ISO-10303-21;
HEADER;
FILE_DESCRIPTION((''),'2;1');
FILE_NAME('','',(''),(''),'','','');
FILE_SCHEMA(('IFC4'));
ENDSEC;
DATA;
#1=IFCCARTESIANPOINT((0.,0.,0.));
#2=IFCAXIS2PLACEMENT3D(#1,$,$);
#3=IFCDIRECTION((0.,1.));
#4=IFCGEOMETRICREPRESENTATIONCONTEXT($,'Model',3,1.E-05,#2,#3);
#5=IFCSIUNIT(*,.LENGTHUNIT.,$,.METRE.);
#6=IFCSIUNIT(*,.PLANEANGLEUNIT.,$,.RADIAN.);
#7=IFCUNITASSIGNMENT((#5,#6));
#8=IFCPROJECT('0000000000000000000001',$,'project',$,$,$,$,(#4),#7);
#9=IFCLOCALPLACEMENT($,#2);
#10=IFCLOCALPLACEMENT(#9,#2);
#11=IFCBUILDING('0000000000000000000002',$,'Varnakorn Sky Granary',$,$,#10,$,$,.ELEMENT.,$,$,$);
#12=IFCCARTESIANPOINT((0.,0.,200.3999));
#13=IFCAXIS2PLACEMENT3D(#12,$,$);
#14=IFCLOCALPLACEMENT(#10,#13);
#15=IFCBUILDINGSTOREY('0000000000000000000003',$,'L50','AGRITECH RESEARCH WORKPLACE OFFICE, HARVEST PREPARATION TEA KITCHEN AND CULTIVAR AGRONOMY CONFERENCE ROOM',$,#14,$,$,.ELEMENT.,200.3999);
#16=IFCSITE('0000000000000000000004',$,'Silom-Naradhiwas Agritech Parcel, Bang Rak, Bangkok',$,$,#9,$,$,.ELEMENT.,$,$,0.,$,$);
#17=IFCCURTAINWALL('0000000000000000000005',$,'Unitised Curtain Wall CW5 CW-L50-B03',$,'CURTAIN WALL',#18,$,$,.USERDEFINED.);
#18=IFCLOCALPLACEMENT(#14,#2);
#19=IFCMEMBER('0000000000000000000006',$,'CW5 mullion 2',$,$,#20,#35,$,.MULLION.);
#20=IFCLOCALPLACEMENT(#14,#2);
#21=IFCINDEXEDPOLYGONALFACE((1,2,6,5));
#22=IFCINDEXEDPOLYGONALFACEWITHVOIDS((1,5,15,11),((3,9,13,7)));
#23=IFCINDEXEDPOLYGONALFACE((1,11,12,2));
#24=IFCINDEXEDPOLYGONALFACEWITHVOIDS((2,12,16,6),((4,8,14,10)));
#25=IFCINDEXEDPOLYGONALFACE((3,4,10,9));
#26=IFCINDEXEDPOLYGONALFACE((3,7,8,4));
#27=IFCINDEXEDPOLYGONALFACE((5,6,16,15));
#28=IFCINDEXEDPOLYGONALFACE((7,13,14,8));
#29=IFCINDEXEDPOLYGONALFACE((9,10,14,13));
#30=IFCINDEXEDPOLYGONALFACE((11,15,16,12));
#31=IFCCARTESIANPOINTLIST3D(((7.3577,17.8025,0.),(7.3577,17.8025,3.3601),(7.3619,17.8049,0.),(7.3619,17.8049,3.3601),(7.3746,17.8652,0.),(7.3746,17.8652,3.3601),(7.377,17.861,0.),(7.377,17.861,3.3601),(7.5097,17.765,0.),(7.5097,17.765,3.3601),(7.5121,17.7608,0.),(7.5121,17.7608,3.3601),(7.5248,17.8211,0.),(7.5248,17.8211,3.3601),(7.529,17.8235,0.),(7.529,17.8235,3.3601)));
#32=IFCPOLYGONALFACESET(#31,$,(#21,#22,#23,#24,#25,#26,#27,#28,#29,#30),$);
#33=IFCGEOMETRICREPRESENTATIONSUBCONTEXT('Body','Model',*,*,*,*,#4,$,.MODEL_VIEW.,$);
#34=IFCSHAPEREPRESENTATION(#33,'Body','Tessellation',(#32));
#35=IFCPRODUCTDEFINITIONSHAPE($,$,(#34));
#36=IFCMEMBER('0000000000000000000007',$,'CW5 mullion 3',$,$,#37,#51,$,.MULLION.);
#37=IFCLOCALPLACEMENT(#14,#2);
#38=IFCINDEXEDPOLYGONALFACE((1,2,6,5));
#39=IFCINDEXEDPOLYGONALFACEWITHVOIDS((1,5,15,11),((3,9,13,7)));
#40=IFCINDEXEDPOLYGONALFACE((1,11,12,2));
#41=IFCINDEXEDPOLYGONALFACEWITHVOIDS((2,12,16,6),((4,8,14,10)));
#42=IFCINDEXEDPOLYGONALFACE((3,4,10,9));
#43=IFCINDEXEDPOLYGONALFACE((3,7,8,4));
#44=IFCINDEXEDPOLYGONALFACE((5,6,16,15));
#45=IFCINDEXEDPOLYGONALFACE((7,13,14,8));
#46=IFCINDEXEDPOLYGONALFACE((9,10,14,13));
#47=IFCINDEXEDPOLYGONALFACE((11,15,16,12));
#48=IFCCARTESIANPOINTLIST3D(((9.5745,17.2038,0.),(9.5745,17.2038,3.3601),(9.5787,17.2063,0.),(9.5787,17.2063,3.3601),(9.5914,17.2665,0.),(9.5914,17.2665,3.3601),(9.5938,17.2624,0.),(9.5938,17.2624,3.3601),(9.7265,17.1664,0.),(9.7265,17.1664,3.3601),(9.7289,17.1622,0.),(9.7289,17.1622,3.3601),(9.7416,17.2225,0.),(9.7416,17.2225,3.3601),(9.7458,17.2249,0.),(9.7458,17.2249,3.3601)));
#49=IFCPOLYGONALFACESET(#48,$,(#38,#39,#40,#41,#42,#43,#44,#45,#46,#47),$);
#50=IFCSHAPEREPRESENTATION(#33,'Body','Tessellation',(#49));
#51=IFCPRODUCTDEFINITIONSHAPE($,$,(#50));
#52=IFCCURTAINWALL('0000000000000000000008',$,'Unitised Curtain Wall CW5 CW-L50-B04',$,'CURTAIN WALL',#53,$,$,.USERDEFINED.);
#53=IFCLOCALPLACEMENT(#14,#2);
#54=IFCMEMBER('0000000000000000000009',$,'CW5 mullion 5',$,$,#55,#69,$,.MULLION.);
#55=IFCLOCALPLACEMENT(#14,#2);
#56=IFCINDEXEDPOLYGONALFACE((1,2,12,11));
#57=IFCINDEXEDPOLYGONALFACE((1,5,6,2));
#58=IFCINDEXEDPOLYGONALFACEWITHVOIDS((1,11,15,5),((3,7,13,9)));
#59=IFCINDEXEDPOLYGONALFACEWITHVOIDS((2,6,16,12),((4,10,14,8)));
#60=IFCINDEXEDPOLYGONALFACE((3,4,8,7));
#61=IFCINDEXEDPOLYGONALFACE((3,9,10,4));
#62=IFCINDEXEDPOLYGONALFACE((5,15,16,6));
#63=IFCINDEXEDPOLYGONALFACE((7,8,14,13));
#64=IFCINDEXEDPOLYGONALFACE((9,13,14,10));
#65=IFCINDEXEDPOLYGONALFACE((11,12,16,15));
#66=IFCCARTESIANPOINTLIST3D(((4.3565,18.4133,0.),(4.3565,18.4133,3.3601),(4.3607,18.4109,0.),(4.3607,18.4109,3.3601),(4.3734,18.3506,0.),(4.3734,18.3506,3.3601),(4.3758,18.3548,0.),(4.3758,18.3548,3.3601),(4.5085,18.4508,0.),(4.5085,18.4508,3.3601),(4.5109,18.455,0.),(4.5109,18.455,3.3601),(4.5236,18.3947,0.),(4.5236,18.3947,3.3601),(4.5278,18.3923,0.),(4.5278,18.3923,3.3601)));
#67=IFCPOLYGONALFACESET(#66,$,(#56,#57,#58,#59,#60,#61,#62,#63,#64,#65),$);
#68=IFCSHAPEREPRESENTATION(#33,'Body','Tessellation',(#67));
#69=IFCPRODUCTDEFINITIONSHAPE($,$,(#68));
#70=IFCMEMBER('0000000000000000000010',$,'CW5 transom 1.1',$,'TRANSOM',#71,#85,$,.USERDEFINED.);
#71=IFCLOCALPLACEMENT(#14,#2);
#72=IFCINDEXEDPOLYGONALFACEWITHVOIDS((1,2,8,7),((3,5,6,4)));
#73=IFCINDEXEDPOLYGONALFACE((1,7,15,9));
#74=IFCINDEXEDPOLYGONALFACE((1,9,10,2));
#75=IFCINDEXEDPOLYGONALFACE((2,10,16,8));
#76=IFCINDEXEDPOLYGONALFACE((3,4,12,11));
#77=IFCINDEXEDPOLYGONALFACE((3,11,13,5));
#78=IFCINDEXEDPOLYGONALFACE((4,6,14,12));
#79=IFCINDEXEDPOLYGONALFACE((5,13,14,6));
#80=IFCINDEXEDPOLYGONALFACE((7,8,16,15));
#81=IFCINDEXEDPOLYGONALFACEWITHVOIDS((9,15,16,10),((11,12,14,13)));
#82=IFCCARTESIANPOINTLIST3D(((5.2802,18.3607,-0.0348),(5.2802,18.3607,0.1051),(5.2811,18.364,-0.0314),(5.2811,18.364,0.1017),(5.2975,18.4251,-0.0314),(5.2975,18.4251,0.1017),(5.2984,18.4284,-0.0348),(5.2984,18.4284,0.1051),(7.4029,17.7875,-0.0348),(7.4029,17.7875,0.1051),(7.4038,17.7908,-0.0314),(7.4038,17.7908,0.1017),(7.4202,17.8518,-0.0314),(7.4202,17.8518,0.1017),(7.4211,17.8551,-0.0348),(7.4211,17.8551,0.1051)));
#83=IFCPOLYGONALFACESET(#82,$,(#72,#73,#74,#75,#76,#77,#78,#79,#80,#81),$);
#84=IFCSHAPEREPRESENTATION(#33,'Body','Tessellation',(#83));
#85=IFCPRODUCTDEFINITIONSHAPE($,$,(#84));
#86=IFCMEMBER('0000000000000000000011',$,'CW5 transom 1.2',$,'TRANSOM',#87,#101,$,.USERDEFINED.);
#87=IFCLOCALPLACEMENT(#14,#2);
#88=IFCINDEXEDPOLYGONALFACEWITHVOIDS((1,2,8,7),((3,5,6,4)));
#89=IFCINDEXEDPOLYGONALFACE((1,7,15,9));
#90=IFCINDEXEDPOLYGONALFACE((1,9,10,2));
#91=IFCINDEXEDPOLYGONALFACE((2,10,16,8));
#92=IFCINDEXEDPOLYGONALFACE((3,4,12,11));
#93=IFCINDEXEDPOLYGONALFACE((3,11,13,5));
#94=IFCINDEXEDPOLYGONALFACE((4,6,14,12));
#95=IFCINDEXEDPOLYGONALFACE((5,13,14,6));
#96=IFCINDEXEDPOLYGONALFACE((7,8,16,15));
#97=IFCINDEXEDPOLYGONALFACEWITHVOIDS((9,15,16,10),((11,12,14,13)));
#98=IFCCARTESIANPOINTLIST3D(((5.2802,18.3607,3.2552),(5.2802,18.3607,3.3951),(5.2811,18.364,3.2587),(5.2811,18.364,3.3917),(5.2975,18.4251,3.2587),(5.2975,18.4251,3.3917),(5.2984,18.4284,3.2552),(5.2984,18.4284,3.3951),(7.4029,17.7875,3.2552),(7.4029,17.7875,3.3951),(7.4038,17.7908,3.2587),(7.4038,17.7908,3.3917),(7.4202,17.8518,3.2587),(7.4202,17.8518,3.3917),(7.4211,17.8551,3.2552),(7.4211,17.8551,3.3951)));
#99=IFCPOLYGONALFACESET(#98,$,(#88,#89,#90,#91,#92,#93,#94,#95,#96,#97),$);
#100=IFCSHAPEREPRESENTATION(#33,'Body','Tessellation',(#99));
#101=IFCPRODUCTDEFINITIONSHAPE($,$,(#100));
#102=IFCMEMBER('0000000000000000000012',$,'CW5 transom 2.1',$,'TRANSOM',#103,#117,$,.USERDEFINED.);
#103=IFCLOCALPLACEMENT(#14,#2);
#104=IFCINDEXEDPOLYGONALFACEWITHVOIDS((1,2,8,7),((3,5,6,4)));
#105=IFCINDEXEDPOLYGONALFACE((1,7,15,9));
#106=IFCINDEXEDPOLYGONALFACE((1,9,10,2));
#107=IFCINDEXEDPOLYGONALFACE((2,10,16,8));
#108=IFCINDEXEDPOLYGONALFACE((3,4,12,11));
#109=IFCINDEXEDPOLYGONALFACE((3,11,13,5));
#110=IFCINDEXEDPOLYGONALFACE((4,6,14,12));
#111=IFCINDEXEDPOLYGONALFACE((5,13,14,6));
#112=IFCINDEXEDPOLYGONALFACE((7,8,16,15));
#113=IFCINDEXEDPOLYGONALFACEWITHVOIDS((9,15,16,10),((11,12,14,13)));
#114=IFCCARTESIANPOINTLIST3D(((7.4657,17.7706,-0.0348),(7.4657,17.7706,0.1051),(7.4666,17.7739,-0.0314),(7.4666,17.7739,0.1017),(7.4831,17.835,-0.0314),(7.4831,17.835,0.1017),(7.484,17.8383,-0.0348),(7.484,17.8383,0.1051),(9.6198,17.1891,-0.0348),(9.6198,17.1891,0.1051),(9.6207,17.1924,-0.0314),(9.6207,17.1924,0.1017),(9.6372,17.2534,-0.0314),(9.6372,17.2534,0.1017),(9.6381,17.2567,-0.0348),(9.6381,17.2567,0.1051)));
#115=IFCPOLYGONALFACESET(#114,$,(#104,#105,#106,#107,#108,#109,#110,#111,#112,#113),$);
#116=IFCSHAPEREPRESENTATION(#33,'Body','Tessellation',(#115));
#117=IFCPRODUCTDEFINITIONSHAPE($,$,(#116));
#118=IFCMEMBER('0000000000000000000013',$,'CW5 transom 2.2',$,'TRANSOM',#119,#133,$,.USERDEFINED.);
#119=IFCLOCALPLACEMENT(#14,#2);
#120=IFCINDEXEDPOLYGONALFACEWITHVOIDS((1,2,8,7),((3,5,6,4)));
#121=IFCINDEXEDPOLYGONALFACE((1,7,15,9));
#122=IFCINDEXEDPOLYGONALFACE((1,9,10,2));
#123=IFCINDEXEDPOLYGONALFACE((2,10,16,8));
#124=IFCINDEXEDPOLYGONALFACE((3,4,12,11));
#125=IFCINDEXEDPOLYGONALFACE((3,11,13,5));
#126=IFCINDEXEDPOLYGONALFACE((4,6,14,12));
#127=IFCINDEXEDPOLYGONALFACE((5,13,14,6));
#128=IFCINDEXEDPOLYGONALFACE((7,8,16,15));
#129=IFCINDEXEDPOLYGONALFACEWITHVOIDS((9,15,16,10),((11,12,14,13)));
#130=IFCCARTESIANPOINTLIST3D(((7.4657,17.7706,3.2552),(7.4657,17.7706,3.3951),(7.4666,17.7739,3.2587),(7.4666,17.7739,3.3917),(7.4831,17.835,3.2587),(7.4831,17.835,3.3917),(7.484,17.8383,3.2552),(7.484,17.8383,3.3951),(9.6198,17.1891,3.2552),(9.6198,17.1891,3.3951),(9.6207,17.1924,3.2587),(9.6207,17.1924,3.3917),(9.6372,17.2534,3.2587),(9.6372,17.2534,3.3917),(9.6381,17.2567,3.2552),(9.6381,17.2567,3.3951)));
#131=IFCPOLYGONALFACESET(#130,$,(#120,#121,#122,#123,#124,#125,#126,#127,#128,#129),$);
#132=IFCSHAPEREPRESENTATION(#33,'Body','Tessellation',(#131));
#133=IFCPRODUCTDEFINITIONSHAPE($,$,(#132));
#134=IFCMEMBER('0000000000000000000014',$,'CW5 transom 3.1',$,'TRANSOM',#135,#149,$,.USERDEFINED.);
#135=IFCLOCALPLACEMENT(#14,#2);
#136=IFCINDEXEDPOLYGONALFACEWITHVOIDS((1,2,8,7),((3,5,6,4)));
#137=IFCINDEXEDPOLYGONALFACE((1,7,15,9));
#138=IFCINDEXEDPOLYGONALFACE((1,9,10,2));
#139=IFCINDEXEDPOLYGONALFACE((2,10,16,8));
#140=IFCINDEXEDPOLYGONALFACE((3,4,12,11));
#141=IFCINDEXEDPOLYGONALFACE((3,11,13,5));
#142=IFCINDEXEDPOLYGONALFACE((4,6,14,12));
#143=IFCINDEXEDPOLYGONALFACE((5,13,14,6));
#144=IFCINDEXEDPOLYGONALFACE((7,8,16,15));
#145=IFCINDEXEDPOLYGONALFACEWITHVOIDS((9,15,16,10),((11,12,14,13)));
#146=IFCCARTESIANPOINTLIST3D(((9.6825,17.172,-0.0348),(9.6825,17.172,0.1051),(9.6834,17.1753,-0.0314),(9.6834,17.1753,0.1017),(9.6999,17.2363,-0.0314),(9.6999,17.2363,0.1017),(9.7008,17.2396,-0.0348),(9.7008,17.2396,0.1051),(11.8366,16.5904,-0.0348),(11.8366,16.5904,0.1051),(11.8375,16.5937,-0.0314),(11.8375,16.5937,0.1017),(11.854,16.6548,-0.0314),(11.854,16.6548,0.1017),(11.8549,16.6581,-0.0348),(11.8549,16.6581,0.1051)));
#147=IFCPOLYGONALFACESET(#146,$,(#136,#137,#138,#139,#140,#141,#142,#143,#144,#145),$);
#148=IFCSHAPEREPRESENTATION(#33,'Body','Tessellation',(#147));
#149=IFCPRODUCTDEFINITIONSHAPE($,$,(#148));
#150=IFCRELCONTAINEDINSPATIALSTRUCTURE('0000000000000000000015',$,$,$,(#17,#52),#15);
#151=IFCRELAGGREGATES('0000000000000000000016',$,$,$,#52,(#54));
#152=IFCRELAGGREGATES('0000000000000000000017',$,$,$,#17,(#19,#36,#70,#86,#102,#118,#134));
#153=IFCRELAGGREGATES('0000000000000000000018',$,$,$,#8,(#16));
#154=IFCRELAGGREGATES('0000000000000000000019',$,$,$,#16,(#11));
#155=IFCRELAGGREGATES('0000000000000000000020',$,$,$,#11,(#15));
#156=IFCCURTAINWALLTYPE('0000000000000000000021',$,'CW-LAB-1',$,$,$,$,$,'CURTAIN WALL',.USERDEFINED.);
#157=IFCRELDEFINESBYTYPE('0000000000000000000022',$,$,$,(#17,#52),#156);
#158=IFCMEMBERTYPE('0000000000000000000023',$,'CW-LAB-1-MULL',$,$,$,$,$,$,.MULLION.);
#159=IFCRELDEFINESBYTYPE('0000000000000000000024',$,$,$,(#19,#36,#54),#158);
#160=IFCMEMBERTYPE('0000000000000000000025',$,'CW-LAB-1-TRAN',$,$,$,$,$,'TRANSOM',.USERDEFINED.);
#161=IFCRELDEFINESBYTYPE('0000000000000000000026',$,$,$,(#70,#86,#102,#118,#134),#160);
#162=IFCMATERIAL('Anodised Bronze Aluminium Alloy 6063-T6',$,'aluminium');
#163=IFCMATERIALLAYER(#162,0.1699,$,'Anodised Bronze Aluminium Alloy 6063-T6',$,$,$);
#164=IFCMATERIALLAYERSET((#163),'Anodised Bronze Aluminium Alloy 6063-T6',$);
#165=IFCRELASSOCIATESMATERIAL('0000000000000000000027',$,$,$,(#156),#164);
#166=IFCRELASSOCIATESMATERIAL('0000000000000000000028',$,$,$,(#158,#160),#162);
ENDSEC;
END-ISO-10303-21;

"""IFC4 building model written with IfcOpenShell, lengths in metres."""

from ifc_helpers import new_model, si_unit, direction, frame, origin, origin_2d, place, context, subcontext, project, spatial, hollow_rectangle, extrude, material, layer, layer_set, material_profile, profile_set, type_object, element, aggregate, save


model = new_model("IFC4")

# Units and contexts
model_context = context("Model", 3, precision=1e-05, world=origin(), true_north=direction((0.0, 1.0)))
body_context = subcontext(model_context, "Body", "Model", "MODEL_VIEW")
ifc_project = project(units=[si_unit("LENGTHUNIT", "METRE"), si_unit("PLANEANGLEUNIT", "RADIAN")], contexts=[model_context])

# Site, building, storey
site_placement = place(None, origin())
site = spatial("IfcSite", under=ifc_project, at=site_placement, Name="Silom-Naradhiwas Agritech Parcel, Bang Rak, Bangkok", CompositionType="ELEMENT", RefElevation=0.0)
building_placement = place(site_placement, origin())
building = spatial("IfcBuilding", under=site, at=building_placement, Name="Varnakorn Sky Granary", CompositionType="ELEMENT")
storey_placement = place(building_placement, frame((0.0, 0.0, 200.3999)))
storey = spatial("IfcBuildingStorey", under=building, at=storey_placement, Name="L50", Description="AGRITECH RESEARCH WORKPLACE OFFICE, HARVEST PREPARATION TEA KITCHEN AND CULTIVAR AGRONOMY CONFERENCE ROOM", CompositionType="ELEMENT", Elevation=200.3999)

# Curtain wall, members
ifc_material_1 = material(Name="Anodised Bronze Aluminium Alloy 6063-T6", Category="aluminium")
ifc_layer_1 = layer(ifc_material_1, 0.1699, Name="Anodised Bronze Aluminium Alloy 6063-T6")
ifc_layer_set_1 = layer_set([ifc_layer_1], Name="Anodised Bronze Aluminium Alloy 6063-T6")
curtain_wall_type = type_object("IfcCurtainWallType", Name="CW-LAB-1", ElementType="CURTAIN WALL", PredefinedType="USERDEFINED", material=ifc_layer_set_1)
curtain_wall_1_placement = place(storey_placement, origin())
curtain_wall_1 = element("IfcCurtainWall", 1, at=curtain_wall_1_placement, inside=storey, type_object=curtain_wall_type, Name="Unitised Curtain Wall CW5 CW-L50-B03", ObjectType="CURTAIN WALL", PredefinedType="USERDEFINED")
ifc_material_profile_1 = material_profile(ifc_material_1, hollow_rectangle(XDim=0.0649, YDim=0.1599, WallThickness=0.0034, at=origin_2d()), Name="ALU MULL 65x160")
ifc_profile_set_1 = profile_set([ifc_material_profile_1], Name="Anodised Bronze Aluminium Alloy 6063-T6")
member_type_1 = type_object("IfcMemberType", Name="CW-LAB-1-MULL", PredefinedType="MULLION", material=ifc_profile_set_1)
member_1_placement = place(storey_placement, frame((7.4434, 17.813, 0.0), z_axis=(0.0, 0.0, 1.0), x_axis=(0.260643, 0.965435, 0.0)))
member_1 = element("IfcMember", 2, at=member_1_placement, type_object=member_type_1, Name="CW5 mullion 2", PredefinedType="MULLION", context=body_context, shape_type="SweptSolid", body=[
    extrude(hollow_rectangle(XDim=0.0649, YDim=0.1599, WallThickness=0.0034, at=origin_2d()), origin(), (0.0, 0.0, 1.0), 3.3601),
])
member_2_placement = place(storey_placement, frame((9.6602, 17.2144, 0.0), z_axis=(0.0, 0.0, 1.0), x_axis=(0.260643, 0.965435, 0.0)))
member_2 = element("IfcMember", 3, at=member_2_placement, type_object=member_type_1, Name="CW5 mullion 3", PredefinedType="MULLION", context=body_context, shape_type="SweptSolid", body=[
    extrude(hollow_rectangle(XDim=0.0649, YDim=0.1599, WallThickness=0.0034, at=origin_2d()), origin(), (0.0, 0.0, 1.0), 3.3601),
])

# Curtain wall, member
curtain_wall_2_placement = place(storey_placement, origin())
curtain_wall_2 = element("IfcCurtainWall", 4, at=curtain_wall_2_placement, inside=storey, type_object=curtain_wall_type, Name="Unitised Curtain Wall CW5 CW-L50-B04", ObjectType="CURTAIN WALL", PredefinedType="USERDEFINED")
member_3_placement = place(storey_placement, frame((4.4421, 18.4028, 0.0), z_axis=(0.0, 0.0, 1.0), x_axis=(-0.260643, 0.965435, 0.0)))
member_3 = element("IfcMember", 5, at=member_3_placement, type_object=member_type_1, Name="CW5 mullion 5", PredefinedType="MULLION", context=body_context, shape_type="SweptSolid", body=[
    extrude(hollow_rectangle(XDim=0.0649, YDim=0.1599, WallThickness=0.0034, at=origin_2d()), origin(), (0.0, 0.0, 1.0), 3.3601),
])
aggregate(curtain_wall_2, [member_3])

# Members
ifc_material_profile_2 = material_profile(ifc_material_1, hollow_rectangle(XDim=0.0701, YDim=0.1399, WallThickness=0.0034, at=origin_2d()), Name="ALU TRAN 70x140")
ifc_profile_set_2 = profile_set([ifc_material_profile_2], Name="Anodised Bronze Aluminium Alloy 6063-T6")
member_type_2 = type_object("IfcMemberType", Name="CW-LAB-1-TRAN", ElementType="TRANSOM", PredefinedType="USERDEFINED", material=ifc_profile_set_2)
member_4_placement = place(storey_placement, frame((5.2893, 18.3945, 0.0352), z_axis=(0.965419, -0.260702, 0.0), x_axis=(0.260702, 0.965419, 0.0)))
member_4 = element("IfcMember", 6, at=member_4_placement, type_object=member_type_2, Name="CW5 transom 1.1", ObjectType="TRANSOM", PredefinedType="USERDEFINED", context=body_context, shape_type="SweptSolid", body=[
    extrude(hollow_rectangle(XDim=0.0701, YDim=0.1399, WallThickness=0.0034, at=origin_2d()), origin(), (0.0, 0.0, 1.0), 2.1987),
])
member_5_placement = place(storey_placement, frame((5.2893, 18.3945, 3.3252), z_axis=(0.965419, -0.260702, 0.0), x_axis=(0.260702, 0.965419, 0.0)))
member_5 = element("IfcMember", 7, at=member_5_placement, type_object=member_type_2, Name="CW5 transom 1.2", ObjectType="TRANSOM", PredefinedType="USERDEFINED", context=body_context, shape_type="SweptSolid", body=[
    extrude(hollow_rectangle(XDim=0.0701, YDim=0.1399, WallThickness=0.0034, at=origin_2d()), origin(), (0.0, 0.0, 1.0), 2.1987),
])
member_6_placement = place(storey_placement, frame((7.4749, 17.8044, 0.0352), z_axis=(0.965435, -0.260644, 0.0), x_axis=(0.260644, 0.965435, 0.0)))
member_6 = element("IfcMember", 8, at=member_6_placement, type_object=member_type_2, Name="CW5 transom 2.1", ObjectType="TRANSOM", PredefinedType="USERDEFINED", context=body_context, shape_type="SweptSolid", body=[
    extrude(hollow_rectangle(XDim=0.0701, YDim=0.1399, WallThickness=0.0034, at=origin_2d()), origin(), (0.0, 0.0, 1.0), 2.2312),
])
member_7_placement = place(storey_placement, frame((7.4749, 17.8044, 3.3252), z_axis=(0.965435, -0.260644, 0.0), x_axis=(0.260644, 0.965435, 0.0)))
member_7 = element("IfcMember", 9, at=member_7_placement, type_object=member_type_2, Name="CW5 transom 2.2", ObjectType="TRANSOM", PredefinedType="USERDEFINED", context=body_context, shape_type="SweptSolid", body=[
    extrude(hollow_rectangle(XDim=0.0701, YDim=0.1399, WallThickness=0.0034, at=origin_2d()), origin(), (0.0, 0.0, 1.0), 2.2312),
])
member_8_placement = place(storey_placement, frame((9.6917, 17.2058, 0.0352), z_axis=(0.965435, -0.260644, 0.0), x_axis=(0.260644, 0.965435, 0.0)))
member_8 = element("IfcMember", 10, at=member_8_placement, type_object=member_type_2, Name="CW5 transom 3.1", ObjectType="TRANSOM", PredefinedType="USERDEFINED", context=body_context, shape_type="SweptSolid", body=[
    extrude(hollow_rectangle(XDim=0.0701, YDim=0.1399, WallThickness=0.0034, at=origin_2d()), origin(), (0.0, 0.0, 1.0), 2.2312),
])

aggregate(curtain_wall_1, [member_1, member_2, member_4, member_5, member_6, member_7, member_8])

save(model, "model.ifc")
